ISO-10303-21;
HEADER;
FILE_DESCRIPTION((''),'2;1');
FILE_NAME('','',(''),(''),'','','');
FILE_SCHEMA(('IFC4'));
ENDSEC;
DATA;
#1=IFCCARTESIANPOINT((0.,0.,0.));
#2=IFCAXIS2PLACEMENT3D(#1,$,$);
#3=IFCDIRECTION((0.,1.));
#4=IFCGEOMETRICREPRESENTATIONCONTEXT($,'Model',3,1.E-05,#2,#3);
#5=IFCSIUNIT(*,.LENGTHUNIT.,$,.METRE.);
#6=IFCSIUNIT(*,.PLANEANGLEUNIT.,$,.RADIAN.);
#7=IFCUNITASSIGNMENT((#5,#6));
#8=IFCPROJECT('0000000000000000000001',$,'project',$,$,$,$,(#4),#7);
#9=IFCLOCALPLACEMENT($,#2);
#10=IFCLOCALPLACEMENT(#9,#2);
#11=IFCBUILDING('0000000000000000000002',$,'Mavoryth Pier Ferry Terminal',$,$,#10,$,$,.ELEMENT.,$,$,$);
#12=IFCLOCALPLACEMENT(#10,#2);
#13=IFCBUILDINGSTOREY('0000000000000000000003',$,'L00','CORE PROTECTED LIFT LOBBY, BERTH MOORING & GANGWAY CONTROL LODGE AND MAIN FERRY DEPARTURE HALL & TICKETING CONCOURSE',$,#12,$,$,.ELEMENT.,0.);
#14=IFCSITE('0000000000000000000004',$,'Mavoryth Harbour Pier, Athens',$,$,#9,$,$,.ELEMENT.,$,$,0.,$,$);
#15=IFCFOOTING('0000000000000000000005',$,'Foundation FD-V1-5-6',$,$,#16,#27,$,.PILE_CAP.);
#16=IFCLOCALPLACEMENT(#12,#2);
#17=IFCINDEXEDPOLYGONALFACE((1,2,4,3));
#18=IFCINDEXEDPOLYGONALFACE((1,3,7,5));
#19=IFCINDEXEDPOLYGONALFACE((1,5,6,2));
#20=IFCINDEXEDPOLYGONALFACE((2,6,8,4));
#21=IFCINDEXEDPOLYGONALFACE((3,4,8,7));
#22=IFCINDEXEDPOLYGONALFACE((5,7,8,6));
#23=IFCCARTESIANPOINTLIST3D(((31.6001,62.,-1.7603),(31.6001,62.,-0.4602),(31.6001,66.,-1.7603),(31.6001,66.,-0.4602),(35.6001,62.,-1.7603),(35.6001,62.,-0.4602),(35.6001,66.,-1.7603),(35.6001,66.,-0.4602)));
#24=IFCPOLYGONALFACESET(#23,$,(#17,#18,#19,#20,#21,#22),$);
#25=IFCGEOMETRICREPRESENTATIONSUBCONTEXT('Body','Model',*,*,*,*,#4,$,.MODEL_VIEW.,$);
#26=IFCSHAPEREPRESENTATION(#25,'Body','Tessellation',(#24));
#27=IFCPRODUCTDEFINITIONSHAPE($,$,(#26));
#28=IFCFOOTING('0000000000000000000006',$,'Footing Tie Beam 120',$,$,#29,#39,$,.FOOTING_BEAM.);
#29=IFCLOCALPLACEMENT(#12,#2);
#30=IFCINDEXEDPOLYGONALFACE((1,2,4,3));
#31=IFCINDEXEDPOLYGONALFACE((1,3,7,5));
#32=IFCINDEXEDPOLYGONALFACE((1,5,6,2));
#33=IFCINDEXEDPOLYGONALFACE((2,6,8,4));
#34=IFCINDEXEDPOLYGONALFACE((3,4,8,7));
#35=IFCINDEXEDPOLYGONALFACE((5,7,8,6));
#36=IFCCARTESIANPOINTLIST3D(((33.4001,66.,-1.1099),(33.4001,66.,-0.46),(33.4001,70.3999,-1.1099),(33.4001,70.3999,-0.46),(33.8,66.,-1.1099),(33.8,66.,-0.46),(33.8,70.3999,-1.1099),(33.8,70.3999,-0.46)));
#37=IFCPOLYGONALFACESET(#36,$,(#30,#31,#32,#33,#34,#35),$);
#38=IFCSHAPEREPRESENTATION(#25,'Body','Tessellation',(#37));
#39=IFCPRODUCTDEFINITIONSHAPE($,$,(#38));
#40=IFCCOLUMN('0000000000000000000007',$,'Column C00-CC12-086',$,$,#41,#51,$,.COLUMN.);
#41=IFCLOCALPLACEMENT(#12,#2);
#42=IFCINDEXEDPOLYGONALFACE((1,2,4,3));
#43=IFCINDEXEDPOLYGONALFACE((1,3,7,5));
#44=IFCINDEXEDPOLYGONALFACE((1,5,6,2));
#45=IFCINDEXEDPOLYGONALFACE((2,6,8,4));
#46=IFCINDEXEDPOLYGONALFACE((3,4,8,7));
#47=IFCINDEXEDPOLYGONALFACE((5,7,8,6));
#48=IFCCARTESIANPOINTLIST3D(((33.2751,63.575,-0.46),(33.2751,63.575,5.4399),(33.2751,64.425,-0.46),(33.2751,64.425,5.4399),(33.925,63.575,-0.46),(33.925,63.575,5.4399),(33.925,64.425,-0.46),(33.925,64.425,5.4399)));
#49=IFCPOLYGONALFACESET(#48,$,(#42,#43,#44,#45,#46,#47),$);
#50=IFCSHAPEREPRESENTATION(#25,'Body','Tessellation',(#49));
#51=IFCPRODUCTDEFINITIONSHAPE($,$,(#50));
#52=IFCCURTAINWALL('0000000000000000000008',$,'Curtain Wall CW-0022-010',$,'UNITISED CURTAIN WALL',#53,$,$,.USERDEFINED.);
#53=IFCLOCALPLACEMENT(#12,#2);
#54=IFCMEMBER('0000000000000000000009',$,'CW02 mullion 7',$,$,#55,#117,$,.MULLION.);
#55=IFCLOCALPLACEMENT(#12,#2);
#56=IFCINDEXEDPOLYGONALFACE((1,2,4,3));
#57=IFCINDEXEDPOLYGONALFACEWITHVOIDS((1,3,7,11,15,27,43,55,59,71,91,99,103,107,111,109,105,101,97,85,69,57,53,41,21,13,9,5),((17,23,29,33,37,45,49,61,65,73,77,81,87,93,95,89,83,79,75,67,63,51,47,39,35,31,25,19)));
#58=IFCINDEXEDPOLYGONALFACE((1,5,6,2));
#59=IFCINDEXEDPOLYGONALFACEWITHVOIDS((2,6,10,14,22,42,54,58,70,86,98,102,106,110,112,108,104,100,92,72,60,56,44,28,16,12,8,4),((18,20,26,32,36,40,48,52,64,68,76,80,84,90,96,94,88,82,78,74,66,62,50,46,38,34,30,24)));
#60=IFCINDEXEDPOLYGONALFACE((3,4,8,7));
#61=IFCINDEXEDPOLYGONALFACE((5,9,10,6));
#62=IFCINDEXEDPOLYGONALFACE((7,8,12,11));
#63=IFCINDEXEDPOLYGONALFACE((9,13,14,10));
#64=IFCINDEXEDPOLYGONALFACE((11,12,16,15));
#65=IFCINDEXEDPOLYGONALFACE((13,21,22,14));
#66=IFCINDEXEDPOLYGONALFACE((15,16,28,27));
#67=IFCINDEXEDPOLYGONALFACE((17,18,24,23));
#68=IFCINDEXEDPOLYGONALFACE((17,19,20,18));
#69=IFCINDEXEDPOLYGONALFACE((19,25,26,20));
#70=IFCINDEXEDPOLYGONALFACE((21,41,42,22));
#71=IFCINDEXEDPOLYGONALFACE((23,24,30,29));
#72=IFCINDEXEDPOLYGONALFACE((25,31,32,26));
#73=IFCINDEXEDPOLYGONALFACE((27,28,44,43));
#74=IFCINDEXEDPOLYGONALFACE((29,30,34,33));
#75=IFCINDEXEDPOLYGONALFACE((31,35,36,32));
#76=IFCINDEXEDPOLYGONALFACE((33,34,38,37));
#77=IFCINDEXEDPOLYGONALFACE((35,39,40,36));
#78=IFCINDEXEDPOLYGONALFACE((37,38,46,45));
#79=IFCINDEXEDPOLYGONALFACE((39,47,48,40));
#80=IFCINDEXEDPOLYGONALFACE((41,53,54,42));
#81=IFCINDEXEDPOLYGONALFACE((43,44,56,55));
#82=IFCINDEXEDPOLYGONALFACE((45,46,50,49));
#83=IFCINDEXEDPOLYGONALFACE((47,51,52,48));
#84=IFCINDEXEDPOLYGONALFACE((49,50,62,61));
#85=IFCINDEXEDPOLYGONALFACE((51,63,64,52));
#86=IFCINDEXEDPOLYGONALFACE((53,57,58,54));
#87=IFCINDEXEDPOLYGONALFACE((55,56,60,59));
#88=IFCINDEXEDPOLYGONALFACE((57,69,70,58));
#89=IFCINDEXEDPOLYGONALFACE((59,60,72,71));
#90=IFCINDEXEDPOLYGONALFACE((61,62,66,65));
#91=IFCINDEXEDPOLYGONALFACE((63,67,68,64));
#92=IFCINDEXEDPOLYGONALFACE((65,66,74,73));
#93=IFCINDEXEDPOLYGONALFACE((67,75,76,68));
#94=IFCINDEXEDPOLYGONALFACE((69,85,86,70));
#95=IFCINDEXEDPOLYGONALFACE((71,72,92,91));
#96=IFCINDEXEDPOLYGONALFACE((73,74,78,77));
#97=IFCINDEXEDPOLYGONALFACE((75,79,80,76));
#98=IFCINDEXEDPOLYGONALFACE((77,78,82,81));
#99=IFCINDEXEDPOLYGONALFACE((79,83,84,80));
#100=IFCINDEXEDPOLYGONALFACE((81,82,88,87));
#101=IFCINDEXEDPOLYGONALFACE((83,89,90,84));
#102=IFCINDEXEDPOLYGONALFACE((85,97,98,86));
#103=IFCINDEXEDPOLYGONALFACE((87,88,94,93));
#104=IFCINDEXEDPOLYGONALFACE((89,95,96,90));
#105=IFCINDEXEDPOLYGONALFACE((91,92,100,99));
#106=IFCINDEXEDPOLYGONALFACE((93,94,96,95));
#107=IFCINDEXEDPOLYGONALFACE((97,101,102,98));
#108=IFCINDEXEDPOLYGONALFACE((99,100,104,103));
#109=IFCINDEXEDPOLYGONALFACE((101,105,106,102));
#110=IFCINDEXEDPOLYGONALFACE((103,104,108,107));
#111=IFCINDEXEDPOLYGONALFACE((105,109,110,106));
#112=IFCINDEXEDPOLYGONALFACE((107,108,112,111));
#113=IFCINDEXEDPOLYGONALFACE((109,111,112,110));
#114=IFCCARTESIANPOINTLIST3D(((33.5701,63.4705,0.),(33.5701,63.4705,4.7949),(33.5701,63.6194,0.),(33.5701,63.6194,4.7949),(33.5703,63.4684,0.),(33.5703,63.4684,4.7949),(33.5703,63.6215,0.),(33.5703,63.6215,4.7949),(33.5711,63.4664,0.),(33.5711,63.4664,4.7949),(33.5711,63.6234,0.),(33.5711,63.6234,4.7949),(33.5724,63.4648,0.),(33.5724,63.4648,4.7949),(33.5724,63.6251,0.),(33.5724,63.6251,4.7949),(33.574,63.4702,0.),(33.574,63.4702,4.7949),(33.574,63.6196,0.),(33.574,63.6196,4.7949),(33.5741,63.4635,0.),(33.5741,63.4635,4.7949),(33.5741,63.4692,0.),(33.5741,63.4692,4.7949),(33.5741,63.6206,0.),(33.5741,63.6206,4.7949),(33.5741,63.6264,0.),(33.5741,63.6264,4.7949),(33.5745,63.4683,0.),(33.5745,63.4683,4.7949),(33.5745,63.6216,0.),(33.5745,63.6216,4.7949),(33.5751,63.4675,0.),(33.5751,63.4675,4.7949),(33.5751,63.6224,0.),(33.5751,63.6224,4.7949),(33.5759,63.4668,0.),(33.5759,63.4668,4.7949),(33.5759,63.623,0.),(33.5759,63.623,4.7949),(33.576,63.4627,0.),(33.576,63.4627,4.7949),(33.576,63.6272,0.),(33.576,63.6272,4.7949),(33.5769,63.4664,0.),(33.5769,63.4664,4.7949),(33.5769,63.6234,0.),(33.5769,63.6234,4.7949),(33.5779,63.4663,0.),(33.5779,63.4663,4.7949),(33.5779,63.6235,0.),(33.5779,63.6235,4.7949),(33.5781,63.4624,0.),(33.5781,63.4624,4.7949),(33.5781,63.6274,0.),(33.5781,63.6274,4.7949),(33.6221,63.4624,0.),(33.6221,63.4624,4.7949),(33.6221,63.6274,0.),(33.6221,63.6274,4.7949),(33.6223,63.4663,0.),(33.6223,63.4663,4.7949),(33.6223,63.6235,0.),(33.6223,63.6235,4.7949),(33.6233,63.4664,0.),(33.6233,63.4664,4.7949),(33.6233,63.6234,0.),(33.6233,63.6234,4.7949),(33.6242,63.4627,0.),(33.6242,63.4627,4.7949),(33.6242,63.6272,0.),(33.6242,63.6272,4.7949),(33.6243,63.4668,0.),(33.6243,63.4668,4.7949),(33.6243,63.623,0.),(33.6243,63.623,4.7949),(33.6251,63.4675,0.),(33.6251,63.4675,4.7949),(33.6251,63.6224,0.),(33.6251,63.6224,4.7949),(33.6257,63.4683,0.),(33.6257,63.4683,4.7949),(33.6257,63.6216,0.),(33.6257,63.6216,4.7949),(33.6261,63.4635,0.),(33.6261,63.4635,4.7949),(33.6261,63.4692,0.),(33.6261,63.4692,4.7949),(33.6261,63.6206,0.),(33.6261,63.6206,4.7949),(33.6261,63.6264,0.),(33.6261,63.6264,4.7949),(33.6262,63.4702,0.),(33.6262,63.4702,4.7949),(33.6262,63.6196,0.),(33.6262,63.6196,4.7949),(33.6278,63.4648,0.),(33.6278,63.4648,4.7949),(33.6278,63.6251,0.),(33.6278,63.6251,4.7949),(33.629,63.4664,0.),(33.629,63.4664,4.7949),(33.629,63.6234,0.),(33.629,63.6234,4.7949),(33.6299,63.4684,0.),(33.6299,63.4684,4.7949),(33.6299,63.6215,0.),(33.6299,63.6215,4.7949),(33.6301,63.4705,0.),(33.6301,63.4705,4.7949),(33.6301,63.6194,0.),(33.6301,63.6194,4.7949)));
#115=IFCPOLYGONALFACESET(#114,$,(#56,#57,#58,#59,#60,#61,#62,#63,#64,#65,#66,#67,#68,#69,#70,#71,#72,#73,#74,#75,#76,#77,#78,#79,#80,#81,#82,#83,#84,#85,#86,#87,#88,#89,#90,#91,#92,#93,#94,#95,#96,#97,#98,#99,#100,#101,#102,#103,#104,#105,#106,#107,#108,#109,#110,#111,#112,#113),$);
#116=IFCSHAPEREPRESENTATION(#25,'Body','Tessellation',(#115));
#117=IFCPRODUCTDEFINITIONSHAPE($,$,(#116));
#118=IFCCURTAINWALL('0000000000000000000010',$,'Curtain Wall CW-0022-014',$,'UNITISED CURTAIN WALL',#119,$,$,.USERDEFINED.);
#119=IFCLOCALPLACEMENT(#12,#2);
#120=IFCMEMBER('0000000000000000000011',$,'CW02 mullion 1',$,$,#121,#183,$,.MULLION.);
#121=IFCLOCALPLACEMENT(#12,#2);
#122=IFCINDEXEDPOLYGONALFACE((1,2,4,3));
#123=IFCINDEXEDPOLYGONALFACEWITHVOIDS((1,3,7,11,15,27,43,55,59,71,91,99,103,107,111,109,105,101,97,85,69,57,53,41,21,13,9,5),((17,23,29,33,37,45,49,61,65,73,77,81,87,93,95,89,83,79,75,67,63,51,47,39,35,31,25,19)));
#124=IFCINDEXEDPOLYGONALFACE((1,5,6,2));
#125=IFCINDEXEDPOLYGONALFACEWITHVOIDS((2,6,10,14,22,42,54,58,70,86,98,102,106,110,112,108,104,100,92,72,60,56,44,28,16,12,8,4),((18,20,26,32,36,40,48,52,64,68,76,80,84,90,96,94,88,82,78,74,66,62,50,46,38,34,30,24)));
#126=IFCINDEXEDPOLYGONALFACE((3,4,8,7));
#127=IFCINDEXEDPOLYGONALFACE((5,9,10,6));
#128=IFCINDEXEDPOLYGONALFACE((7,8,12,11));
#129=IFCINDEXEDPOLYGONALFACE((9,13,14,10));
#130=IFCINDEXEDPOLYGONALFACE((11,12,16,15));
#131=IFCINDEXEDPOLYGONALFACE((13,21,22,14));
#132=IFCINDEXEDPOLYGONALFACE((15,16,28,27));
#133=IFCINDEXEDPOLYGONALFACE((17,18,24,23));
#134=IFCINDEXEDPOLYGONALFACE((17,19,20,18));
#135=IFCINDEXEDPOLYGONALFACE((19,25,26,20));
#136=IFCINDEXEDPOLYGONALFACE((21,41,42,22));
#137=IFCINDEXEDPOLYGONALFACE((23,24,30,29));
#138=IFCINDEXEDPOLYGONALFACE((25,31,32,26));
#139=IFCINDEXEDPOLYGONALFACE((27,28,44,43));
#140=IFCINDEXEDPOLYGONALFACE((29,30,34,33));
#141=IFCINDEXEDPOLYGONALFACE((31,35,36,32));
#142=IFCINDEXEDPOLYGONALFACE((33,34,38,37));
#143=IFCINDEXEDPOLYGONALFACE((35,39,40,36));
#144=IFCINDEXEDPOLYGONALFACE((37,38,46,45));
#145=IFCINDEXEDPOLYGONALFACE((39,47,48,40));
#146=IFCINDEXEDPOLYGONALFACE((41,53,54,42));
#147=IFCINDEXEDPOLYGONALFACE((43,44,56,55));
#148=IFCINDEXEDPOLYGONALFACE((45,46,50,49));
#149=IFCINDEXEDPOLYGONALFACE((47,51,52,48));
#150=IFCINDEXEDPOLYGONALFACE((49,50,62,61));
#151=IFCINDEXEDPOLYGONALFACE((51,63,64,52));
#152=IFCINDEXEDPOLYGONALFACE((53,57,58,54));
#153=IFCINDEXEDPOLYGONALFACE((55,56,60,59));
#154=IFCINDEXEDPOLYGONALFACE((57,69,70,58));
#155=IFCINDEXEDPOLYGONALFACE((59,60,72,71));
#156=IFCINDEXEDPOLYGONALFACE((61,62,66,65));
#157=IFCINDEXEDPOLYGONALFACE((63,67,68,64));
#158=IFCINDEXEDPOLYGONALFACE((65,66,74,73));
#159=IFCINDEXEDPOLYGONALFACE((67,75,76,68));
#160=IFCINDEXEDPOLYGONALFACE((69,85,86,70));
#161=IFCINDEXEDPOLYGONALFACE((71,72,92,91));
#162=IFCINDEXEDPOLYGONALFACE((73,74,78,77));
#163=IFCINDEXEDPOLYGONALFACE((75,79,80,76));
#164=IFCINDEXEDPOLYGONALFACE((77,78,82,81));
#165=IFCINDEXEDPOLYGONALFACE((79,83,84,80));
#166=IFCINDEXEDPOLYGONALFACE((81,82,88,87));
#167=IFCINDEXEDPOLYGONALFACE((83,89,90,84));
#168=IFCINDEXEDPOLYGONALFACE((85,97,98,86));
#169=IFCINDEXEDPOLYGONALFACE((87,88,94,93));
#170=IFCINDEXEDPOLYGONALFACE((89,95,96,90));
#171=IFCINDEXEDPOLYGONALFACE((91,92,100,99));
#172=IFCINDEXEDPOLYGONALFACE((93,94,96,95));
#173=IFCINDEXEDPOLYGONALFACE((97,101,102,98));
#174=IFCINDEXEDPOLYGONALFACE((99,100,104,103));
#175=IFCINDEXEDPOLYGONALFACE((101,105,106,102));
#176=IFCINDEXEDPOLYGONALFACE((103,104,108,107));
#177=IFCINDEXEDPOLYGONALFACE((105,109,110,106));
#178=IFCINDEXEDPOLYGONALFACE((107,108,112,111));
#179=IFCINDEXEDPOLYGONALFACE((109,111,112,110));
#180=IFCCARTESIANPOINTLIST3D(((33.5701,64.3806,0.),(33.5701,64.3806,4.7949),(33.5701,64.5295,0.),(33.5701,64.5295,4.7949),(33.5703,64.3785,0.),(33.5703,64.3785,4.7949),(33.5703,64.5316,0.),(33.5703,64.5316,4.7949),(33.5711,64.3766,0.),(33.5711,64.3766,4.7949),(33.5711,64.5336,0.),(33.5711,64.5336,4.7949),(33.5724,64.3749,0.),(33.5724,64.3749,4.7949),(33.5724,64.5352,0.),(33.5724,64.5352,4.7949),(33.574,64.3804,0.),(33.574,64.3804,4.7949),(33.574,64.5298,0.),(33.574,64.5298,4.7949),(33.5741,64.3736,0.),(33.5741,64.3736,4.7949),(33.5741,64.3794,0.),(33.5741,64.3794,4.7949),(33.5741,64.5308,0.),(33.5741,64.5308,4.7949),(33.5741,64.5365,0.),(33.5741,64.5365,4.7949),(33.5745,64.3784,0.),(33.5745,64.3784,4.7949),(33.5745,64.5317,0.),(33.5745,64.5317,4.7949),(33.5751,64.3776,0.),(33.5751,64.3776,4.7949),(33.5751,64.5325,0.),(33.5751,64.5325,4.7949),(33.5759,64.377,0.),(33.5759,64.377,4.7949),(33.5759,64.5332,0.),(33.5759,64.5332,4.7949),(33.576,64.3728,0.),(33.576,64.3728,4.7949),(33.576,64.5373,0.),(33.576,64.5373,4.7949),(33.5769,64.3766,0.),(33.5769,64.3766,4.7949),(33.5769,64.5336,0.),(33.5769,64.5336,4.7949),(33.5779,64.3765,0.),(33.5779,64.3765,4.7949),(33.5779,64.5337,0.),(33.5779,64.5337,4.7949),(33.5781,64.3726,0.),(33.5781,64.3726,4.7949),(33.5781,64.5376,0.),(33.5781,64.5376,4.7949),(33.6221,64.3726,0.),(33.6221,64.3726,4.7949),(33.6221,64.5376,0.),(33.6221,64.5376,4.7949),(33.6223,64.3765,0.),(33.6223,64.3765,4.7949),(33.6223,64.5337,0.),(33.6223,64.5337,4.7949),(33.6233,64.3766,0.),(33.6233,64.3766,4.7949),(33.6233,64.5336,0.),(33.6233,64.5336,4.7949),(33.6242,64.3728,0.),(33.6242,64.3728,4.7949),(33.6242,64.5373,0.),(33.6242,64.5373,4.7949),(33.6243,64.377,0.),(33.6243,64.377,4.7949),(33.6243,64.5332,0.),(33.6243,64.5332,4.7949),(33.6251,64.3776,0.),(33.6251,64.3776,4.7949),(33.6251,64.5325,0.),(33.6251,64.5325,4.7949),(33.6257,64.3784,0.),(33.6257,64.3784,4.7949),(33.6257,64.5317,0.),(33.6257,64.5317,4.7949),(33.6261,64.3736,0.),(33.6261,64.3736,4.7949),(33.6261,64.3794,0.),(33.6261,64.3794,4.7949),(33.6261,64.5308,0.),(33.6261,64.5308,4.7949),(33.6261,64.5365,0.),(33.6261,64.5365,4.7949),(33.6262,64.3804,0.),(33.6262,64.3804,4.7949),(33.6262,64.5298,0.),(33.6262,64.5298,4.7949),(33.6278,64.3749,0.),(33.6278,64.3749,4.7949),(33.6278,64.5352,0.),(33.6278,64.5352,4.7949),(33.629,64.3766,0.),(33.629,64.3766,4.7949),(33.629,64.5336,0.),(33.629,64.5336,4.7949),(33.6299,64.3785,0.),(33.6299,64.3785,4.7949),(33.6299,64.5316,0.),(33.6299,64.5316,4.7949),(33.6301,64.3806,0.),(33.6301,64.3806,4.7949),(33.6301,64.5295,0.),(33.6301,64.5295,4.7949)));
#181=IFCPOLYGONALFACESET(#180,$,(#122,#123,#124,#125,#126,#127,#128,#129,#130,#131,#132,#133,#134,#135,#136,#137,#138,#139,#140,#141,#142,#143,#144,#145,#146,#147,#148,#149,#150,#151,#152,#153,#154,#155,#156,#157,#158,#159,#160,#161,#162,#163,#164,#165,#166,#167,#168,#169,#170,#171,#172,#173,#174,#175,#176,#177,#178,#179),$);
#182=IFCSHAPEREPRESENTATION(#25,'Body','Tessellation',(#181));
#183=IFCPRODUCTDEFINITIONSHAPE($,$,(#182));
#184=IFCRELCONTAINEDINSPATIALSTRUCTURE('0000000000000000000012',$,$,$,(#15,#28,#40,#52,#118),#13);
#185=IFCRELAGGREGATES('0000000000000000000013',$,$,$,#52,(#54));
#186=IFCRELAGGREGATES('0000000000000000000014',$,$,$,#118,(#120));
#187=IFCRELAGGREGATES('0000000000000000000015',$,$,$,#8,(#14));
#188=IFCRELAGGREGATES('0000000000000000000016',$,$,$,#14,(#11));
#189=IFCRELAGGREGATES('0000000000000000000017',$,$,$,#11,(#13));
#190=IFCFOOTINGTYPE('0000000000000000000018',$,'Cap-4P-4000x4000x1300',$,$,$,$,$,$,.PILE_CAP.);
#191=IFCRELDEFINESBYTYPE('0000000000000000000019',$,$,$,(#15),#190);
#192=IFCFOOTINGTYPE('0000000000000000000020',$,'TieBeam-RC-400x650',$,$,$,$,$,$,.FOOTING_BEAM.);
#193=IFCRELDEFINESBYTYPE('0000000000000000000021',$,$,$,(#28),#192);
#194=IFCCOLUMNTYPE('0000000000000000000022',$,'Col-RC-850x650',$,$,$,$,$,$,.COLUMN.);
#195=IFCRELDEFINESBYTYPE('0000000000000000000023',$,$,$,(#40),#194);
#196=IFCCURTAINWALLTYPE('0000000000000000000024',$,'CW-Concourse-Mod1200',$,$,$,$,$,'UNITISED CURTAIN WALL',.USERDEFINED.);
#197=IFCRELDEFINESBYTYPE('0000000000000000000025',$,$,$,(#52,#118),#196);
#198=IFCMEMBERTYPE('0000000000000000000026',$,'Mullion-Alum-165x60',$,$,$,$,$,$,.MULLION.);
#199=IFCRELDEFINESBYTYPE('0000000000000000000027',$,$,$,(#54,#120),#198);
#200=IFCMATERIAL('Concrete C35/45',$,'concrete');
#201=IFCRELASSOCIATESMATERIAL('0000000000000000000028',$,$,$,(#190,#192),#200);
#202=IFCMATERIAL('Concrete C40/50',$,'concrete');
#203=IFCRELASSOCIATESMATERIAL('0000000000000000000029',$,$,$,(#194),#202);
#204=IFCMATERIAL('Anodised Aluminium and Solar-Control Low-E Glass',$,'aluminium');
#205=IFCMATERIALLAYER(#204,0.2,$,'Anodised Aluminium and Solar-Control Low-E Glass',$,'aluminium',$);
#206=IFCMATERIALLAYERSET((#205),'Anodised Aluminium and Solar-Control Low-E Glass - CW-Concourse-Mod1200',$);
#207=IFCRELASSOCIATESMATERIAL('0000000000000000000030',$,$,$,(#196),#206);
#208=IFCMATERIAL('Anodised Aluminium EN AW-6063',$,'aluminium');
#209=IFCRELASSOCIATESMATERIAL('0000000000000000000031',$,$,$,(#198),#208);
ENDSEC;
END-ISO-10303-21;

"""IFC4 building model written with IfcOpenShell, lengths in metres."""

from ifc_helpers import new_model, si_unit, direction, frame, origin, origin_2d, place, context, subcontext, project, spatial, rectangle, hollow_rectangle, extrude, material, layer, layer_set, material_profile, profile_set, type_object, element, aggregate, save


model = new_model("IFC4")

# Units and contexts
model_context = context("Model", 3, precision=1e-05, world=origin(), true_north=direction((0.0, 1.0)))
body_context = subcontext(model_context, "Body", "Model", "MODEL_VIEW")
ifc_project = project(units=[si_unit("LENGTHUNIT", "METRE"), si_unit("PLANEANGLEUNIT", "RADIAN")], contexts=[model_context])

# Site, building, storey
site_placement = place(None, origin())
site = spatial("IfcSite", under=ifc_project, at=site_placement, Name="Mavoryth Harbour Pier, Athens", CompositionType="ELEMENT", RefElevation=0.0)
building_placement = place(site_placement, origin())
building = spatial("IfcBuilding", under=site, at=building_placement, Name="Mavoryth Pier Ferry Terminal", CompositionType="ELEMENT")
storey_placement = place(building_placement, origin())
storey = spatial("IfcBuildingStorey", under=building, at=storey_placement, Name="L00", Description="CORE PROTECTED LIFT LOBBY, BERTH MOORING & GANGWAY CONTROL LODGE AND MAIN FERRY DEPARTURE HALL & TICKETING CONCOURSE", CompositionType="ELEMENT", Elevation=0.0)

# Footings
ifc_material_1 = material(Name="Concrete C35/45", Category="concrete")
footing_type_1 = type_object("IfcFootingType", Name="Cap-4P-4000x4000x1300", PredefinedType="PILE_CAP", material=ifc_material_1)
footing_1_placement = place(storey_placement, frame((33.6001, 64.0, -1.7603), z_axis=(0.0, 0.0, 1.0), x_axis=(1.0, 0.0, 0.0)))
element("IfcFooting", 1, at=footing_1_placement, inside=storey, type_object=footing_type_1, Name="Foundation FD-V1-5-6", PredefinedType="PILE_CAP", context=body_context, shape_type="SweptSolid", body=[
    extrude(rectangle(XDim=4.0, YDim=4.0, at=origin_2d()), origin(), (0.0, 0.0, 1.0), 1.3),
])
ifc_material_profile_1 = material_profile(ifc_material_1, rectangle(XDim=0.3999, YDim=0.6499, at=origin_2d()), Name="RC 400x650", Category="concrete")
ifc_profile_set_1 = profile_set([ifc_material_profile_1], Name="Concrete C35/45 - RC 400x650")
footing_type_2 = type_object("IfcFootingType", Name="TieBeam-RC-400x650", PredefinedType="FOOTING_BEAM", material=ifc_profile_set_1)
footing_2_placement = place(storey_placement, frame((33.6001, 66.0, -0.7849), z_axis=(0.0, 1.0, 0.0), x_axis=(-1.0, 0.0, 0.0)))
element("IfcFooting", 2, at=footing_2_placement, inside=storey, type_object=footing_type_2, Name="Footing Tie Beam 120", PredefinedType="FOOTING_BEAM", context=body_context, shape_type="SweptSolid", body=[
    extrude(rectangle(XDim=0.3999, YDim=0.6499, at=origin_2d()), origin(), (0.0, 0.0, 1.0), 4.3999),
])

# Column
ifc_material_2 = material(Name="Concrete C40/50", Category="concrete")
ifc_material_profile_2 = material_profile(ifc_material_2, rectangle(XDim=0.6499, YDim=0.8501, at=origin_2d()), Name="RC 850x650", Category="concrete")
ifc_profile_set_2 = profile_set([ifc_material_profile_2], Name="Concrete C40/50 - RC 850x650")
column_type = type_object("IfcColumnType", Name="Col-RC-850x650", PredefinedType="COLUMN", material=ifc_profile_set_2)
column_placement = place(storey_placement, frame((33.6001, 64.0, -0.46), z_axis=(0.0, 0.0, 1.0), x_axis=(1.0, 0.0, 0.0)))
element("IfcColumn", 3, at=column_placement, inside=storey, type_object=column_type, Name="Column C00-CC12-086", PredefinedType="COLUMN", context=body_context, shape_type="SweptSolid", body=[
    extrude(rectangle(XDim=0.6499, YDim=0.8501, at=origin_2d()), origin(), (0.0, 0.0, 1.0), 5.8999),
])

# Curtain wall, member
ifc_material_3 = material(Name="Anodised Aluminium and Solar-Control Low-E Glass", Category="aluminium")
ifc_layer_1 = layer(ifc_material_3, 0.2, Name="Anodised Aluminium and Solar-Control Low-E Glass", Category="aluminium")
ifc_layer_set_1 = layer_set([ifc_layer_1], Name="Anodised Aluminium and Solar-Control Low-E Glass - CW-Concourse-Mod1200")
curtain_wall_type = type_object("IfcCurtainWallType", Name="CW-Concourse-Mod1200", ElementType="UNITISED CURTAIN WALL", PredefinedType="USERDEFINED", material=ifc_layer_set_1)
curtain_wall_1_placement = place(storey_placement, origin())
curtain_wall_1 = element("IfcCurtainWall", 4, at=curtain_wall_1_placement, inside=storey, type_object=curtain_wall_type, Name="Curtain Wall CW-0022-010", ObjectType="UNITISED CURTAIN WALL", PredefinedType="USERDEFINED")
ifc_material_4 = material(Name="Anodised Aluminium EN AW-6063", Category="aluminium")
ifc_material_profile_3 = material_profile(ifc_material_4, hollow_rectangle(XDim=0.0601, YDim=0.165, WallThickness=0.0039, InnerFilletRadius=0.0039, OuterFilletRadius=0.0081, at=origin_2d()), Name="AL-MULL 165x60x4", Category="aluminium")
ifc_profile_set_3 = profile_set([ifc_material_profile_3], Name="Anodised Aluminium EN AW-6063 - AL-MULL 165x60x4")
member_type_1 = type_object("IfcMemberType", Name="Mullion-Alum-165x60", PredefinedType="MULLION", material=ifc_profile_set_3)
member_1_placement = place(storey_placement, frame((33.6001, 63.5449, 0.0), z_axis=(0.0, 0.0, 1.0), x_axis=(-1.0, 0.0, 0.0)))
member_1 = element("IfcMember", 5, at=member_1_placement, type_object=member_type_1, Name="CW02 mullion 7", PredefinedType="MULLION", context=body_context, shape_type="SweptSolid", body=[
    extrude(hollow_rectangle(XDim=0.0601, YDim=0.165, WallThickness=0.0039, InnerFilletRadius=0.0039, OuterFilletRadius=0.0081, at=origin_2d()), origin(), (0.0, 0.0, 1.0), 4.7949),
])

# Curtain wall, member
curtain_wall_2_placement = place(storey_placement, origin())
curtain_wall_2 = element("IfcCurtainWall", 6, at=curtain_wall_2_placement, inside=storey, type_object=curtain_wall_type, Name="Curtain Wall CW-0022-014", ObjectType="UNITISED CURTAIN WALL", PredefinedType="USERDEFINED")
member_2_placement = place(storey_placement, frame((33.6001, 64.4551, 0.0), z_axis=(0.0, 0.0, 1.0), x_axis=(-1.0, 0.0, 0.0)))
member_2 = element("IfcMember", 7, at=member_2_placement, type_object=member_type_1, Name="CW02 mullion 1", PredefinedType="MULLION", context=body_context, shape_type="SweptSolid", body=[
    extrude(hollow_rectangle(XDim=0.0601, YDim=0.165, WallThickness=0.0039, InnerFilletRadius=0.0039, OuterFilletRadius=0.0081, at=origin_2d()), origin(), (0.0, 0.0, 1.0), 4.7949),
])

aggregate(curtain_wall_1, [member_1])
aggregate(curtain_wall_2, [member_2])

save(model, "model.ifc")
